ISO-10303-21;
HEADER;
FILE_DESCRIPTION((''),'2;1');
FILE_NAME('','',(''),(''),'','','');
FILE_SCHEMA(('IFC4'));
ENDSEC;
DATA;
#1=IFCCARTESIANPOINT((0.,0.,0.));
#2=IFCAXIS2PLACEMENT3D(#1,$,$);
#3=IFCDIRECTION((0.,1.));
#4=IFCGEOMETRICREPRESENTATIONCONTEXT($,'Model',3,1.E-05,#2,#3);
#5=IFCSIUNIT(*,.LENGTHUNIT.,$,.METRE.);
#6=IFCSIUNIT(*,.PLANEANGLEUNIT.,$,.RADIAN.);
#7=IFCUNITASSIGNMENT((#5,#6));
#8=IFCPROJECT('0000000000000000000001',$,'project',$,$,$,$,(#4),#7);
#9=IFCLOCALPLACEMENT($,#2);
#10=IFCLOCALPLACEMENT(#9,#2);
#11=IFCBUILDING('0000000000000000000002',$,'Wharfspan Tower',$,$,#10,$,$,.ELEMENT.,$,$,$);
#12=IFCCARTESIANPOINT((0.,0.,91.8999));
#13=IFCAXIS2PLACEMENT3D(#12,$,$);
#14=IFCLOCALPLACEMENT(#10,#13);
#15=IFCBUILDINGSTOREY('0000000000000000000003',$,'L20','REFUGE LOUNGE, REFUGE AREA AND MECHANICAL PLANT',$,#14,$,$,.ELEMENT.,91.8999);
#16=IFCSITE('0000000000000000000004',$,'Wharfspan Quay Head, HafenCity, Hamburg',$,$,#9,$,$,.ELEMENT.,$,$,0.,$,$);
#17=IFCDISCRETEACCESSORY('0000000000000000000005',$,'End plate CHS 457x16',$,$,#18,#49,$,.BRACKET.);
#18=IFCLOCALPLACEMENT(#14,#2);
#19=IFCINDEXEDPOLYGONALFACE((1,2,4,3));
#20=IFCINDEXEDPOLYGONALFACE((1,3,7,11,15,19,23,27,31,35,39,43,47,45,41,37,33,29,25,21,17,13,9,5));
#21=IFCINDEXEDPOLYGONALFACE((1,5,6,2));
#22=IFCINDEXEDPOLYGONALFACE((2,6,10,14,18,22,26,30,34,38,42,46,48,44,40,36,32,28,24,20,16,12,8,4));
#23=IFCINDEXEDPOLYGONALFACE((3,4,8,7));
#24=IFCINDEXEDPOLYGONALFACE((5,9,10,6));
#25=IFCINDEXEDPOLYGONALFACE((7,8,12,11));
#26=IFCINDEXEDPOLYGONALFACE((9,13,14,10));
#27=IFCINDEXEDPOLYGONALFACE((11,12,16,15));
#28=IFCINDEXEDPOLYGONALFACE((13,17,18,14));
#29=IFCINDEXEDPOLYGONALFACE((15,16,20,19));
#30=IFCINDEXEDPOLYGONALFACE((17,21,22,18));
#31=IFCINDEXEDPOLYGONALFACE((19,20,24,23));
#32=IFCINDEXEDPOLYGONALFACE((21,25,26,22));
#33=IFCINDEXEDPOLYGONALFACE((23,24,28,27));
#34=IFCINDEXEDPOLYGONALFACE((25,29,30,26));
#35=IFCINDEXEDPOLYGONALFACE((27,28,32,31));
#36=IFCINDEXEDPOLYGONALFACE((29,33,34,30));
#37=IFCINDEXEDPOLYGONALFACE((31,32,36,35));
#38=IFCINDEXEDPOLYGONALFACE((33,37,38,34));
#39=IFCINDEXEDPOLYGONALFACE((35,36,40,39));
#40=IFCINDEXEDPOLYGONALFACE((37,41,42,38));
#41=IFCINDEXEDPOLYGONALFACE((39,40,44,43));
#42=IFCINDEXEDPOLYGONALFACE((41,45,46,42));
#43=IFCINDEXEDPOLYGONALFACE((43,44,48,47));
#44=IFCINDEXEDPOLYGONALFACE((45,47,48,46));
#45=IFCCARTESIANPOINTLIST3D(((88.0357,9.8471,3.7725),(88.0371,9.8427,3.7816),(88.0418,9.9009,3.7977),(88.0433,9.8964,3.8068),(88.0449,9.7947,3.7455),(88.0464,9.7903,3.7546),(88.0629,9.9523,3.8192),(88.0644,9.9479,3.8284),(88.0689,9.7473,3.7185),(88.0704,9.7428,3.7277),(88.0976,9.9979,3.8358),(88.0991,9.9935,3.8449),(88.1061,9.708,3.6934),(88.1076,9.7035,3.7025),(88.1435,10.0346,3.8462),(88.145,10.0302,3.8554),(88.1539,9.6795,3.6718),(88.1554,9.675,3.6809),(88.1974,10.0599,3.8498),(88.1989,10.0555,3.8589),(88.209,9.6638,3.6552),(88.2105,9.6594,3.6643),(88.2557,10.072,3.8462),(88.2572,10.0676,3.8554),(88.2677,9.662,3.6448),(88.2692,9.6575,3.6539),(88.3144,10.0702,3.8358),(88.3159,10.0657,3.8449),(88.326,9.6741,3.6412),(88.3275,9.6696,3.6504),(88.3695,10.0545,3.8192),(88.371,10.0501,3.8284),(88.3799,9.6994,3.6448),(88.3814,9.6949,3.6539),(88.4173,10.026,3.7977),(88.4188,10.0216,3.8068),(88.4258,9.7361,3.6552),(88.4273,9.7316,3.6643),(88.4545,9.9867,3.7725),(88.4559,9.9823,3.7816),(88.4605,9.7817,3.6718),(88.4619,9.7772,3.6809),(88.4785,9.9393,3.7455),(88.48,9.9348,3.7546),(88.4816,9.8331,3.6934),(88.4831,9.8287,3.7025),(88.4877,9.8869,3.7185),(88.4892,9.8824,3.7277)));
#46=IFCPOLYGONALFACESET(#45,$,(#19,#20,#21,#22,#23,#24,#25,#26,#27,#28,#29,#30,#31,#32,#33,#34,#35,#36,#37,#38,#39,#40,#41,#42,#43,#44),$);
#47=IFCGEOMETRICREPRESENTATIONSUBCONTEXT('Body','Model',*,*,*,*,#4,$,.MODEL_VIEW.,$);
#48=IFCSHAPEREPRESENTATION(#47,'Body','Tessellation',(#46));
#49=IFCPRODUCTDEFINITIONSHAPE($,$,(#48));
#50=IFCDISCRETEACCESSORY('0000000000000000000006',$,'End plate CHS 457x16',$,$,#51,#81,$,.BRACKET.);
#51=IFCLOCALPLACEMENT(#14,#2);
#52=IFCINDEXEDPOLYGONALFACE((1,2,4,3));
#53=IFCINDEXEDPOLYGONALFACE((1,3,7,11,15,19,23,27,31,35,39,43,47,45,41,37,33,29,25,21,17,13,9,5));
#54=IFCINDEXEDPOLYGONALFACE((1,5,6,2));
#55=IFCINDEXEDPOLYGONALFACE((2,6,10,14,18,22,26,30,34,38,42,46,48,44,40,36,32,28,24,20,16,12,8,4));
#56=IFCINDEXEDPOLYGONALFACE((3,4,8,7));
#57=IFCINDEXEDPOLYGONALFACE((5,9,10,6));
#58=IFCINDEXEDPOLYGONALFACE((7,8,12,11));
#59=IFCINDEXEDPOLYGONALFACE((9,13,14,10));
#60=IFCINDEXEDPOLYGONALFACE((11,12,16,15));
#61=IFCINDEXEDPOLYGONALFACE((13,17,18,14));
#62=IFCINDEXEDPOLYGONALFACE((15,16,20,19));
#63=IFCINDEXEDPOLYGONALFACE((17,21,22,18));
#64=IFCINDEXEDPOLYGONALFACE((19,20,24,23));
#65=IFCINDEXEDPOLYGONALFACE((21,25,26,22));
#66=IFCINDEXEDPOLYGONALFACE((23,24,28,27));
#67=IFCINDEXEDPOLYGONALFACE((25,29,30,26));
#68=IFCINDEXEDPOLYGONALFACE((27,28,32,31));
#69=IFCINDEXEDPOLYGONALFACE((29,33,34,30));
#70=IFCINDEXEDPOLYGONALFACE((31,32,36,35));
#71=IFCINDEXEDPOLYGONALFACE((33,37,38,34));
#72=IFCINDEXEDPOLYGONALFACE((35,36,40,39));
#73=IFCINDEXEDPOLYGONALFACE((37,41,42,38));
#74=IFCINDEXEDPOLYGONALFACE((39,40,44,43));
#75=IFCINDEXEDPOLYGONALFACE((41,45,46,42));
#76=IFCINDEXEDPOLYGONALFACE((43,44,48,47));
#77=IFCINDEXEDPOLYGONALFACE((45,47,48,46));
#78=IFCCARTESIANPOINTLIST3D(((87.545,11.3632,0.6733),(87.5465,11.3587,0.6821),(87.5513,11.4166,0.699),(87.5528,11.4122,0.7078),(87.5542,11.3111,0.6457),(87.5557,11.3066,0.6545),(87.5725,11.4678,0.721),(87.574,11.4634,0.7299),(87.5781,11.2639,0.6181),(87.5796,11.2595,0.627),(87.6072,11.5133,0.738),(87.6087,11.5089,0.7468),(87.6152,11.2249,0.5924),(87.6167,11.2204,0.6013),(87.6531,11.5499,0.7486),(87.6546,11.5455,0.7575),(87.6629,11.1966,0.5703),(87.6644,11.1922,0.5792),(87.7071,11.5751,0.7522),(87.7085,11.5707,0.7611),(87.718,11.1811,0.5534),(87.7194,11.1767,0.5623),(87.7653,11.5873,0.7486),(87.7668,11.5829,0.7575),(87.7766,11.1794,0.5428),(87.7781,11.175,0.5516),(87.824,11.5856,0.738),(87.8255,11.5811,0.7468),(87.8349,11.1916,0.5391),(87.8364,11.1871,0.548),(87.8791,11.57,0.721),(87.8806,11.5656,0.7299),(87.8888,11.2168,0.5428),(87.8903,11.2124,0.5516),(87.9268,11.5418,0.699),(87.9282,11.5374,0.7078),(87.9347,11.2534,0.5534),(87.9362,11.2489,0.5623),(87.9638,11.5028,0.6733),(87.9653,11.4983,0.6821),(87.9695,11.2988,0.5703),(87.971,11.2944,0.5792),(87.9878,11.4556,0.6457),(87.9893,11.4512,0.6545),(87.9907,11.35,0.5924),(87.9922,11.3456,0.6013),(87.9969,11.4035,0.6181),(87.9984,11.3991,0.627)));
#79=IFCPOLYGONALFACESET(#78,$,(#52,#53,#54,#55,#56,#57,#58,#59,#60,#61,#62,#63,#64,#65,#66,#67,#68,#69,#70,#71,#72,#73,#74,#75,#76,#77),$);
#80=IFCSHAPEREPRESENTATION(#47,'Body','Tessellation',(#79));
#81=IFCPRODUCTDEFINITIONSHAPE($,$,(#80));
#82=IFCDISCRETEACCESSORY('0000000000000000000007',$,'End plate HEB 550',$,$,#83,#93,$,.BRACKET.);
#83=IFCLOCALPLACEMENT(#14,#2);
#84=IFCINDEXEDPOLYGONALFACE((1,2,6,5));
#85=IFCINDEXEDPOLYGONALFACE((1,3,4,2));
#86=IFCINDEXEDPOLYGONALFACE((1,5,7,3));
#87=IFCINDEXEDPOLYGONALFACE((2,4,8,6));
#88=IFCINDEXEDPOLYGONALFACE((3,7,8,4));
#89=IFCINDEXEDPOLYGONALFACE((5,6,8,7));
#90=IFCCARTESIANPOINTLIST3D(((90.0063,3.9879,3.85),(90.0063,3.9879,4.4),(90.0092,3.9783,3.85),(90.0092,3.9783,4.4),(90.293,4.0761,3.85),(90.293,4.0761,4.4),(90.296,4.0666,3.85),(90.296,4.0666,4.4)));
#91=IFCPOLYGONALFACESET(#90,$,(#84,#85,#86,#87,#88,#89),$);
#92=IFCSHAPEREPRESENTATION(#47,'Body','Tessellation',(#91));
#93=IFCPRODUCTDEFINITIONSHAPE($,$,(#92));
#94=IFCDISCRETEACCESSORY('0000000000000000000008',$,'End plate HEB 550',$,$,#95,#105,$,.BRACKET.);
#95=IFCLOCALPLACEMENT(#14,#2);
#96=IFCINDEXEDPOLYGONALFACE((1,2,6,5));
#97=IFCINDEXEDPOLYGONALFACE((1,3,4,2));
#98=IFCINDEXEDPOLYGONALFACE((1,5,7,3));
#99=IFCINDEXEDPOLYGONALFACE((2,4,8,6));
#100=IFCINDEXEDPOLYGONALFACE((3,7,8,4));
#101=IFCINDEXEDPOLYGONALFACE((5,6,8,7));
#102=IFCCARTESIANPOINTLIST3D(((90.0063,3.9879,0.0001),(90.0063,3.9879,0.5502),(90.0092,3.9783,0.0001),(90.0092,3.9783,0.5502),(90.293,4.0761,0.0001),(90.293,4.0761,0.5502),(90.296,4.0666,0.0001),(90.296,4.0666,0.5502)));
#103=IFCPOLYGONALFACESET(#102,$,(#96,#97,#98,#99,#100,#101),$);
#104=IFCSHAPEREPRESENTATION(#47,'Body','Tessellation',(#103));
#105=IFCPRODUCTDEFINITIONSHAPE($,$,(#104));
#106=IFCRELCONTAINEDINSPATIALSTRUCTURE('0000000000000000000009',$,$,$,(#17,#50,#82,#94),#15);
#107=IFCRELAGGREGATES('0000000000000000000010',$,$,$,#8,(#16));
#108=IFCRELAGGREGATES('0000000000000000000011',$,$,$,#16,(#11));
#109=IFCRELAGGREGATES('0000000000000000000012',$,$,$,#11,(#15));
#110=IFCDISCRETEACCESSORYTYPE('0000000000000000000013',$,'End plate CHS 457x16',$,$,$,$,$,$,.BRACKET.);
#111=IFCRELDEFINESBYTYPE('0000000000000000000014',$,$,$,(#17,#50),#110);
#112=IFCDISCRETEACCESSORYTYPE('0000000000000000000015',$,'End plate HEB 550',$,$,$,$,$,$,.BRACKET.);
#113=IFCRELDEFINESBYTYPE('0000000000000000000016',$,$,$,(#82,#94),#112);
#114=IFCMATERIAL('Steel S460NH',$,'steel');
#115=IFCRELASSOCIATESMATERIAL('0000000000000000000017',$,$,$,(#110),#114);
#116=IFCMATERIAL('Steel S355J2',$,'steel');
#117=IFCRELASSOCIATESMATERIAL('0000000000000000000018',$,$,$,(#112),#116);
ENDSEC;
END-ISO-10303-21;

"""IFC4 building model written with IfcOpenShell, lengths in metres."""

from ifc_helpers import new_model, si_unit, direction, frame, origin, origin_2d, place, context, subcontext, project, spatial, rectangle, circle, extrude, material, material_profile, profile_set, type_object, element, save


model = new_model("IFC4")

# Units and contexts
model_context = context("Model", 3, precision=1e-05, world=origin(), true_north=direction((0.0, 1.0)))
body_context = subcontext(model_context, "Body", "Model", "MODEL_VIEW")
ifc_project = project(units=[si_unit("LENGTHUNIT", "METRE"), si_unit("PLANEANGLEUNIT", "RADIAN")], contexts=[model_context])

# Site, building, storey
site_placement = place(None, origin())
site = spatial("IfcSite", under=ifc_project, at=site_placement, Name="Wharfspan Quay Head, HafenCity, Hamburg", CompositionType="ELEMENT", RefElevation=0.0)
building_placement = place(site_placement, origin())
building = spatial("IfcBuilding", under=site, at=building_placement, Name="Wharfspan Tower", CompositionType="ELEMENT")
storey_placement = place(building_placement, frame((0.0, 0.0, 91.8999)))
storey = spatial("IfcBuildingStorey", under=building, at=storey_placement, Name="L20", Description="REFUGE LOUNGE, REFUGE AREA AND MECHANICAL PLANT", CompositionType="ELEMENT", Elevation=91.8999)

# Shared definitions
ifc_material_1 = material(Name="Steel S355J2", Category="steel")

# Shared definitions
ifc_material_2 = material(Name="Steel S460NH", Category="steel")

# Discrete accessories
ifc_material_profile_1 = material_profile(ifc_material_2, circle(Radius=0.2285, at=origin_2d()))
ifc_profile_set_1 = profile_set([ifc_material_profile_1], Name="Steel S460NH")
discrete_accessory_type_1 = type_object("IfcDiscreteAccessoryType", Name="End plate CHS 457x16", PredefinedType="BRACKET", material=ifc_profile_set_1)
for number, where, z_axis, x_axis, name in (
    (1, (88.2632, 9.8625, 3.7546), (-0.144296, 0.432887, -0.889824), (-0.948685, -0.316227, 0.000001), "End plate CHS 457x16"),
):
    element("IfcDiscreteAccessory", number, at=place(storey_placement, frame(where, z_axis=z_axis, x_axis=x_axis)), inside=storey, type_object=discrete_accessory_type_1, Name=name, PredefinedType="BRACKET", context=body_context, shape_type="SweptSolid", body=[
        extrude(circle(Radius=0.2285, at=origin_2d()), origin(), (0.0, 0.0, 1.0), 0.0103),
    ])
discrete_accessory_1_placement = place(storey_placement, frame((87.7725, 11.3789, 0.6545), z_axis=(-0.147442, 0.442326, -0.884652), x_axis=(-0.948684, -0.316228, 0.0)))
element("IfcDiscreteAccessory", 2, at=discrete_accessory_1_placement, inside=storey, type_object=discrete_accessory_type_1, Name="End plate CHS 457x16", PredefinedType="BRACKET", context=body_context, shape_type="SweptSolid", body=[
    extrude(circle(Radius=0.2285, at=origin_2d()), origin(), (0.0, 0.0, 1.0), 0.01),
])
ifc_material_profile_2 = material_profile(ifc_material_1, rectangle(XDim=0.3, YDim=0.55, at=origin_2d()))
ifc_profile_set_2 = profile_set([ifc_material_profile_2], Name="Steel S355J2")
discrete_accessory_type_2 = type_object("IfcDiscreteAccessoryType", Name="End plate HEB 550", PredefinedType="BRACKET", material=ifc_profile_set_2)
for number, where, z_axis, x_axis, name in (
    (3, (90.1526, 4.0225, 4.125), (-0.294086, 0.955779, 0.0), (-0.955779, -0.294086, 0.0), "End plate HEB 550"),
    (4, (90.1526, 4.0225, 0.2751), (-0.294086, 0.955779, 0.0), (-0.955779, -0.294086, 0.0), "End plate HEB 550"),
):
    element("IfcDiscreteAccessory", number, at=place(storey_placement, frame(where, z_axis=z_axis, x_axis=x_axis)), inside=storey, type_object=discrete_accessory_type_2, Name=name, PredefinedType="BRACKET", context=body_context, shape_type="SweptSolid", body=[
        extrude(rectangle(XDim=0.3, YDim=0.55, at=origin_2d()), origin(), (0.0, 0.0, 1.0), 0.01),
    ])

save(model, "model.ifc")
